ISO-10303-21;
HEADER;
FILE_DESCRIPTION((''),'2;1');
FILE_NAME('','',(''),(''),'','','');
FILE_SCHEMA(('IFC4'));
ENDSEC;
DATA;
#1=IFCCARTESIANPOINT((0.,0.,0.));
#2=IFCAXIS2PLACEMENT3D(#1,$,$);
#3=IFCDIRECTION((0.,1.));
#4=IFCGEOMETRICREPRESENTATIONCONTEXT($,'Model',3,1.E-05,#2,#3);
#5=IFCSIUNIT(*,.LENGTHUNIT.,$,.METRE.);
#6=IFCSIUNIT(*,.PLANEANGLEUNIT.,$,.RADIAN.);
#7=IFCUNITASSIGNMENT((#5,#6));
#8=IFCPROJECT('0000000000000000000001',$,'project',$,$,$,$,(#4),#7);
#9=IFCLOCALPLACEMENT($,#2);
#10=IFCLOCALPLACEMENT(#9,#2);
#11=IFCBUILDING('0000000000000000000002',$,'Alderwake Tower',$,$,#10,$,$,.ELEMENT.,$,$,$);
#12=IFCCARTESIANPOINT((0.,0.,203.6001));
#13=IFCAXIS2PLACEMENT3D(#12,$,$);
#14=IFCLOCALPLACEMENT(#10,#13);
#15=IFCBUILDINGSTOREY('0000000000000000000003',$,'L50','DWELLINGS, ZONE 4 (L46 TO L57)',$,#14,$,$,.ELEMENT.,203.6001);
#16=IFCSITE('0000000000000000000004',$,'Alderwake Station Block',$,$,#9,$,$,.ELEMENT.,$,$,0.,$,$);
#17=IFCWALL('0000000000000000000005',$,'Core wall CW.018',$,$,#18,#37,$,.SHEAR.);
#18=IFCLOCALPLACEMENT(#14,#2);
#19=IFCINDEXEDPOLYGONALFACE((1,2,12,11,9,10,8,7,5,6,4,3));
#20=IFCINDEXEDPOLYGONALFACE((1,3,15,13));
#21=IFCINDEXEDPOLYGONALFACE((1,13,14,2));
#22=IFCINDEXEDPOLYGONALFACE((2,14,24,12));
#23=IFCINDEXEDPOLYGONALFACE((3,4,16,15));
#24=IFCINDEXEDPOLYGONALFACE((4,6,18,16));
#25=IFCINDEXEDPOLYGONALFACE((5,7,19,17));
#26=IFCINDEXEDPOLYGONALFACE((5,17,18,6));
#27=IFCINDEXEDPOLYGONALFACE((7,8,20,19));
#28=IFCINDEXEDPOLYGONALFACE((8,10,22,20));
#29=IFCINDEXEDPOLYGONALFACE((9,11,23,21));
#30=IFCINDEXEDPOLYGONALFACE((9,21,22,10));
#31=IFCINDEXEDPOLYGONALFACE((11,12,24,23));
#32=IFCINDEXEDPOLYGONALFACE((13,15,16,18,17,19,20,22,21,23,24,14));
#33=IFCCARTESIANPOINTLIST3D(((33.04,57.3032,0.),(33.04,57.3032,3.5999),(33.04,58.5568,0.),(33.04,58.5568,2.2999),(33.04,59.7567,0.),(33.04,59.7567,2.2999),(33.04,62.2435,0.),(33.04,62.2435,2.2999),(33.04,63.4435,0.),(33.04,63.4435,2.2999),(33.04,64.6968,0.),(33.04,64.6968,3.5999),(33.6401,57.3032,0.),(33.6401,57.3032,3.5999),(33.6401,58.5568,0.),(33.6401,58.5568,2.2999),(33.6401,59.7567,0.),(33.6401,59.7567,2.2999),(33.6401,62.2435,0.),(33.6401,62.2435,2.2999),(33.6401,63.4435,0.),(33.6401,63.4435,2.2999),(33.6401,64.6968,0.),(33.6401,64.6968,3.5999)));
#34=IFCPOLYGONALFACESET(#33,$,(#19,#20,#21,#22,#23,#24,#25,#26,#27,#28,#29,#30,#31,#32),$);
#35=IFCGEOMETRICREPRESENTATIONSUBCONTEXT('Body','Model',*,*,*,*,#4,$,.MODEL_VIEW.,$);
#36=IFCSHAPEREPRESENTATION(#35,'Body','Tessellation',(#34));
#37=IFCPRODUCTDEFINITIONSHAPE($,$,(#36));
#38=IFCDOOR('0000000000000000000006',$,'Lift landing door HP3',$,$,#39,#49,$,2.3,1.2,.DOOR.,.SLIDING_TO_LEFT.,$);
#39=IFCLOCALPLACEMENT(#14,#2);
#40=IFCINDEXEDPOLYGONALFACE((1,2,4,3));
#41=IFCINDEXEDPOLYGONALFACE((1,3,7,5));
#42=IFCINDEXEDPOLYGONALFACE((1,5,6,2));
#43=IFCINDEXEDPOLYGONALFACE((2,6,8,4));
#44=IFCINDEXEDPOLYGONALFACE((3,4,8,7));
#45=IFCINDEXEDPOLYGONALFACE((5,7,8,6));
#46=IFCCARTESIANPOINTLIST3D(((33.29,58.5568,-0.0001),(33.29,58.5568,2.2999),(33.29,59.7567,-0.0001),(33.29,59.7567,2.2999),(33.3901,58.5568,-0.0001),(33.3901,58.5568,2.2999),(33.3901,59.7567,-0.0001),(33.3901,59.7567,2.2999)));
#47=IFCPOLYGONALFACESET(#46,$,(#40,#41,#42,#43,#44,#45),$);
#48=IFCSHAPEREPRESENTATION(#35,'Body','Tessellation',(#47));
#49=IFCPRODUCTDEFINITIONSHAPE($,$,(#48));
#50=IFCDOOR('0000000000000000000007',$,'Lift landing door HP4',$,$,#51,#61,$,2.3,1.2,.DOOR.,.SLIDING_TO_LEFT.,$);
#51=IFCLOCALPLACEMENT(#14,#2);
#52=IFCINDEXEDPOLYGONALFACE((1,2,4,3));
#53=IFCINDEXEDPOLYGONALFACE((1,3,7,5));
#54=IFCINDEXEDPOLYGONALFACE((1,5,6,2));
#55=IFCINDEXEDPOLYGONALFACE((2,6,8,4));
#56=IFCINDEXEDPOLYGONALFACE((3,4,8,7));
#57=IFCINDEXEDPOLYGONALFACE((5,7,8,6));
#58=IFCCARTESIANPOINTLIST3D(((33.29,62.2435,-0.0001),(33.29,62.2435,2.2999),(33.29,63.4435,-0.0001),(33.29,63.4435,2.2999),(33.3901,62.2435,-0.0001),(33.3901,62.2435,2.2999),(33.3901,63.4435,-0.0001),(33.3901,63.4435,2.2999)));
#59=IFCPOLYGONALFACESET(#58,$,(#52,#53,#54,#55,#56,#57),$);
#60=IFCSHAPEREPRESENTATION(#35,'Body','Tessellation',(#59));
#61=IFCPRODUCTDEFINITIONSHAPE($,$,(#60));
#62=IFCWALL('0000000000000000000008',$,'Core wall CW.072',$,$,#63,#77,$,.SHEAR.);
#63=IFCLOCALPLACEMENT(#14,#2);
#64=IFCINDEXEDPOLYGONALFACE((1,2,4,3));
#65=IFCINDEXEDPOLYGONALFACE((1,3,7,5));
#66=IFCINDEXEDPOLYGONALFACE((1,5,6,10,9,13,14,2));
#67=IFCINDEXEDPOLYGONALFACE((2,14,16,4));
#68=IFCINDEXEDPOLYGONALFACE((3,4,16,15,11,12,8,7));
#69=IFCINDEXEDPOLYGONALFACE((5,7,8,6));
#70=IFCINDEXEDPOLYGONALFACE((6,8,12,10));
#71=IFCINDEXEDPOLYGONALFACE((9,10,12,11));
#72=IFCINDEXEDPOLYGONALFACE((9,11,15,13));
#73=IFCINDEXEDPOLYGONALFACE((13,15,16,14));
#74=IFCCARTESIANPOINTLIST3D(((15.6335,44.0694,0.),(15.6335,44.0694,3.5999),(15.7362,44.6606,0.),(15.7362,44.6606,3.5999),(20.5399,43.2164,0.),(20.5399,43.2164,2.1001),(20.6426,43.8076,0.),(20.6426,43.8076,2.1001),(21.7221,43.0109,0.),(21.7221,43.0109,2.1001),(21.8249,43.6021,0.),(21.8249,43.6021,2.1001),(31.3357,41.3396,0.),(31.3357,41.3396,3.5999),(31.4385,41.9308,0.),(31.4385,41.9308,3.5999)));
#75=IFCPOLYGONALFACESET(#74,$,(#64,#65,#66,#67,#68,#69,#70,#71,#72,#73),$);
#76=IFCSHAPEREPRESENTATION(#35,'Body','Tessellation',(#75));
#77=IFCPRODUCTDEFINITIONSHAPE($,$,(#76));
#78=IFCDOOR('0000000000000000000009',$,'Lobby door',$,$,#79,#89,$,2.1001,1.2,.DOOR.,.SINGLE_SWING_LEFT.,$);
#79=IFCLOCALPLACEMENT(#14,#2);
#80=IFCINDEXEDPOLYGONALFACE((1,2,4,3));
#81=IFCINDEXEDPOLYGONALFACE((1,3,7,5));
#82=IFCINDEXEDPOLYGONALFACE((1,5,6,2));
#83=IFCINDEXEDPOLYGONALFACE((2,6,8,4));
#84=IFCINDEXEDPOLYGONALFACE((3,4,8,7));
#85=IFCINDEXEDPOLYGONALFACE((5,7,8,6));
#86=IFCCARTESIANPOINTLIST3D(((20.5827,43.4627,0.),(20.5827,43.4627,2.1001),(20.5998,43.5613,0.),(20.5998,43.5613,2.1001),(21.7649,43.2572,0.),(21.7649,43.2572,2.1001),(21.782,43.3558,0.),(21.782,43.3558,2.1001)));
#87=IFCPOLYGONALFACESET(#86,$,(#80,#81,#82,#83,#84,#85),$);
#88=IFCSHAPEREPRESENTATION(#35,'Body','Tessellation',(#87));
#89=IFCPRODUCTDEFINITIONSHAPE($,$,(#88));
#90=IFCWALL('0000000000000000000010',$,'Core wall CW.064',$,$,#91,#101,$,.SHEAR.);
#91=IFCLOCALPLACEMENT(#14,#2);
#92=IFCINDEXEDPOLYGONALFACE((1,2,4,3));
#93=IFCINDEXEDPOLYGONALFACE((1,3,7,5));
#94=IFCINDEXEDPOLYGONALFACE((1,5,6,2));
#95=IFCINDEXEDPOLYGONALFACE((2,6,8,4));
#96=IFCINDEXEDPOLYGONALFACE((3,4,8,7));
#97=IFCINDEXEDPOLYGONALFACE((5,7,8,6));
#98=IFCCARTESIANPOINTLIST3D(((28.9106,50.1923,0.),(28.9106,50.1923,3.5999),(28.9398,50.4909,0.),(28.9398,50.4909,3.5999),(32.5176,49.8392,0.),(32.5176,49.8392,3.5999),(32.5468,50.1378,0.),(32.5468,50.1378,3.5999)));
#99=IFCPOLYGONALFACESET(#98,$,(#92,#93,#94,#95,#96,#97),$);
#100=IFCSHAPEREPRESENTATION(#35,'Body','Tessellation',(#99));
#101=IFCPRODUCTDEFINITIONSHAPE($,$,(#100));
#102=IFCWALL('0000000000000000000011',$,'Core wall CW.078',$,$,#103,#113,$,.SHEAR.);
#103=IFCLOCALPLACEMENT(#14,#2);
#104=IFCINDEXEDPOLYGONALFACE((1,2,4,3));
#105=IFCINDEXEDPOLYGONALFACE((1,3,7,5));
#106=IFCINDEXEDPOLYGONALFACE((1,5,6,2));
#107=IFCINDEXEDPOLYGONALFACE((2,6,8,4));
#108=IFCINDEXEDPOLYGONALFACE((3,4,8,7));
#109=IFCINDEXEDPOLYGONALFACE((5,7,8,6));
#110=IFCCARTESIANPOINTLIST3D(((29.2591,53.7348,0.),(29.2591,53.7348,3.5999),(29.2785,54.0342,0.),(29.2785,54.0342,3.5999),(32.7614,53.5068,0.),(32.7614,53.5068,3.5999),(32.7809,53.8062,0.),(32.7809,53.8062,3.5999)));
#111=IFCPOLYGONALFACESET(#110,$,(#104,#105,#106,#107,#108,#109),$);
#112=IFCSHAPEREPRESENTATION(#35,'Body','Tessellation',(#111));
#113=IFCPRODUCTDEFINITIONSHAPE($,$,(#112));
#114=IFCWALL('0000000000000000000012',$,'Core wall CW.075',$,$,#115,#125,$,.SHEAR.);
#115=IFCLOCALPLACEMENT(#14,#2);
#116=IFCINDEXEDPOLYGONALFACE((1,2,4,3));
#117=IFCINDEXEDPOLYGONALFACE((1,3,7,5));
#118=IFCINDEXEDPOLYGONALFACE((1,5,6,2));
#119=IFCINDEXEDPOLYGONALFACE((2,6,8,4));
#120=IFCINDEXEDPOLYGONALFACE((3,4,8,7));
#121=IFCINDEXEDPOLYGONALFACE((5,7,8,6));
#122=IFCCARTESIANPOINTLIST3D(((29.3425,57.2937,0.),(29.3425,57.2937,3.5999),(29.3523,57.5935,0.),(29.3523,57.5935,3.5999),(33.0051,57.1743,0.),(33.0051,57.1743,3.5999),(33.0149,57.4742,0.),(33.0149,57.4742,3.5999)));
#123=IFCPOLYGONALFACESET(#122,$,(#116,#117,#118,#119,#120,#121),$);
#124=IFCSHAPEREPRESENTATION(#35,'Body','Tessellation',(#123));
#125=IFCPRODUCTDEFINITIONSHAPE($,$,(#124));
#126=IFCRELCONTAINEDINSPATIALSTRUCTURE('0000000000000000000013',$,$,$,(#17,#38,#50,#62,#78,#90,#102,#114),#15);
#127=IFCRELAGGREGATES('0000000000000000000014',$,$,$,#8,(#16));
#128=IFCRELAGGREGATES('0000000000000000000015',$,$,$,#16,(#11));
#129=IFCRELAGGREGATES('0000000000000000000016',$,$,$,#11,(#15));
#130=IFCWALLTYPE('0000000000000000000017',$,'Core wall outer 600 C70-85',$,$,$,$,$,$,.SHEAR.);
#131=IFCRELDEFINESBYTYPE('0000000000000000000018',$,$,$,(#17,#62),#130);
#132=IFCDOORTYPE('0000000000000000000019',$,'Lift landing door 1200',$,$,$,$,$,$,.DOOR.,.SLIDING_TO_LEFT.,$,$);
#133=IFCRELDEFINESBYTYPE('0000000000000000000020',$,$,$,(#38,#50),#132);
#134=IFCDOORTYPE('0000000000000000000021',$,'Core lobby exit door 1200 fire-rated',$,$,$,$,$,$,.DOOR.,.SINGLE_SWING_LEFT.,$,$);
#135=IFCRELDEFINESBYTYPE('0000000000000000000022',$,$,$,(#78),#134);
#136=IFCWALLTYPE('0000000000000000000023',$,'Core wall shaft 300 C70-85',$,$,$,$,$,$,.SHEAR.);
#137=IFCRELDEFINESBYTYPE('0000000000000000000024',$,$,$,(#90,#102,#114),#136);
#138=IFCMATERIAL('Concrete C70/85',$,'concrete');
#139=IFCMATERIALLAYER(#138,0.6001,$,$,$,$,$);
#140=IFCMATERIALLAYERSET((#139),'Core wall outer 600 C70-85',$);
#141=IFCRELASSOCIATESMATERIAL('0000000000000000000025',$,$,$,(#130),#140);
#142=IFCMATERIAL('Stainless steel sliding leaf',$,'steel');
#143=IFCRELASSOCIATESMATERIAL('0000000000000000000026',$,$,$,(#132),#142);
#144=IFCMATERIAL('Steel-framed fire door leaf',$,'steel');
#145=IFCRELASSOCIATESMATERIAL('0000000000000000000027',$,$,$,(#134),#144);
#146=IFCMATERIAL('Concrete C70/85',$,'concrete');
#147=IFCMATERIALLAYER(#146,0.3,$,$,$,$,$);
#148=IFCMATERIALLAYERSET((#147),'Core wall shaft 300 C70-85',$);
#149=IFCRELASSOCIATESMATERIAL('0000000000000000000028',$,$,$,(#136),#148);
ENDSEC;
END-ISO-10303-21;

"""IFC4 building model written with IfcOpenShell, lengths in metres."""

from ifc_helpers import new_model, si_unit, direction, frame, frame_2d, origin, place, context, subcontext, project, spatial, rectangle, extrude, material, layer, layer_set, type_object, element, fill, save


model = new_model("IFC4")

# Units and contexts
model_context = context("Model", 3, precision=1e-05, world=origin(), true_north=direction((0.0, 1.0)))
body_context = subcontext(model_context, "Body", "Model", "MODEL_VIEW")
ifc_project = project(units=[si_unit("LENGTHUNIT", "METRE"), si_unit("PLANEANGLEUNIT", "RADIAN")], contexts=[model_context])

# Site, building, storey
site_placement = place(None, origin())
site = spatial("IfcSite", under=ifc_project, at=site_placement, Name="Alderwake Station Block", CompositionType="ELEMENT", RefElevation=0.0)
building_placement = place(site_placement, origin())
building = spatial("IfcBuilding", under=site, at=building_placement, Name="Alderwake Tower", CompositionType="ELEMENT")
storey_placement = place(building_placement, frame((0.0, 0.0, 203.6001)))
storey = spatial("IfcBuildingStorey", under=building, at=storey_placement, Name="L50", Description="DWELLINGS, ZONE 4 (L46 TO L57)", CompositionType="ELEMENT", Elevation=203.6001)

# Shared definitions
ifc_material_1 = material(Name="Concrete C70/85", Category="concrete")
ifc_layer_1 = layer(ifc_material_1, 0.6001)
ifc_layer_set_1 = layer_set([ifc_layer_1], Name="Core wall outer 600 C70-85")
wall_type_1 = type_object("IfcWallType", Name="Core wall outer 600 C70-85", PredefinedType="SHEAR", material=ifc_layer_set_1)

# Wall, openings, doors
ifc_material_2 = material(Name="Stainless steel sliding leaf", Category="steel")
door_type_1 = type_object("IfcDoorType", Name="Lift landing door 1200", OperationType="SLIDING_TO_LEFT", PredefinedType="DOOR", material=ifc_material_2)
wall_1_placement = place(storey_placement, frame((33.3401, 57.3032, 0.0), z_axis=(0.0, 0.0, 1.0), x_axis=(0.0, 1.0, 0.0)))
wall_1 = element("IfcWall", 1, at=wall_1_placement, inside=storey, type_object=wall_type_1, Name="Core wall CW.018", PredefinedType="SHEAR", context=body_context, shape_type="SweptSolid", body=[
    extrude(rectangle(XDim=7.3936, YDim=0.6001, at=frame_2d((3.6968, 0.0))), origin(), (0.0, 0.0, 1.0), 3.5999),
])
opening_1_placement = place(wall_1_placement, frame((1.2534, 0.0, 0.0)))
opening_1 = element("IfcOpeningElement", 2, at=opening_1_placement, cuts=wall_1, PredefinedType="OPENING", context=body_context, shape_type="SweptSolid", body=[
    extrude(rectangle(XDim=1.2, YDim=2.3, at=frame_2d((0.6001, 1.1499))), frame((0.0, 0.3101, 0.0), z_axis=(0.0, -1.0, 0.0), x_axis=(1.0, 0.0, 0.0)), (0.0, 0.0, 1.0), 0.6201),
])
opening_2_placement = place(wall_1_placement, frame((4.9402, 0.0, 0.0)))
opening_2 = element("IfcOpeningElement", 3, at=opening_2_placement, cuts=wall_1, PredefinedType="OPENING", context=body_context, shape_type="SweptSolid", body=[
    extrude(rectangle(XDim=1.2, YDim=2.3, at=frame_2d((0.6001, 1.1499))), frame((0.0, 0.3101, 0.0), z_axis=(0.0, -1.0, 0.0), x_axis=(1.0, 0.0, 0.0)), (0.0, 0.0, 1.0), 0.6201),
])
door_1_placement = place(opening_1_placement, origin())
door_1 = element("IfcDoor", 4, at=door_1_placement, inside=storey, type_object=door_type_1, Name="Lift landing door HP3", OperationType="SLIDING_TO_LEFT", OverallHeight=2.3, OverallWidth=1.2, PredefinedType="DOOR", context=body_context, shape_type="SweptSolid", body=[
    extrude(rectangle(XDim=1.2, YDim=2.3, at=frame_2d((0.6001, 1.1499))), frame((0.0, 0.05, 0.0), z_axis=(0.0, -1.0, 0.0), x_axis=(1.0, 0.0, 0.0)), (0.0, 0.0, 1.0), 0.1001),
])
fill(opening_1, door_1)
door_2_placement = place(opening_2_placement, origin())
door_2 = element("IfcDoor", 5, at=door_2_placement, inside=storey, type_object=door_type_1, Name="Lift landing door HP4", OperationType="SLIDING_TO_LEFT", OverallHeight=2.3, OverallWidth=1.2, PredefinedType="DOOR", context=body_context, shape_type="SweptSolid", body=[
    extrude(rectangle(XDim=1.2, YDim=2.3, at=frame_2d((0.6001, 1.1499))), frame((0.0, 0.05, 0.0), z_axis=(0.0, -1.0, 0.0), x_axis=(1.0, 0.0, 0.0)), (0.0, 0.0, 1.0), 0.1001),
])
fill(opening_2, door_2)

# Wall, opening, door
wall_2_placement = place(storey_placement, frame((31.387, 41.6353, 0.0), z_axis=(0.0, 0.0, 1.0), x_axis=(-0.985223, 0.171276, 0.0)))
wall_2 = element("IfcWall", 6, at=wall_2_placement, inside=storey, type_object=wall_type_1, Name="Core wall CW.072", PredefinedType="SHEAR", context=body_context, shape_type="SweptSolid", body=[
    extrude(rectangle(XDim=15.9377, YDim=0.6001, at=frame_2d((7.9688, 0.0))), origin(), (0.0, 0.0, 1.0), 3.5999),
])
opening_3_placement = place(wall_2_placement, frame((9.7576, 0.0, 0.0)))
opening_3 = element("IfcOpeningElement", 7, at=opening_3_placement, cuts=wall_2, PredefinedType="OPENING", context=body_context, shape_type="SweptSolid", body=[
    extrude(rectangle(XDim=1.2, YDim=2.1001, at=frame_2d((0.6001, 1.05))), frame((0.0, 0.3101, 0.0), z_axis=(0.0, -1.0, 0.0), x_axis=(1.0, 0.0, 0.0)), (0.0, 0.0, 1.0), 0.6201),
])
ifc_material_3 = material(Name="Steel-framed fire door leaf", Category="steel")
door_type_2 = type_object("IfcDoorType", Name="Core lobby exit door 1200 fire-rated", OperationType="SINGLE_SWING_LEFT", PredefinedType="DOOR", material=ifc_material_3)
door_3_placement = place(opening_3_placement, origin())
door_3 = element("IfcDoor", 8, at=door_3_placement, inside=storey, type_object=door_type_2, Name="Lobby door", OperationType="SINGLE_SWING_LEFT", OverallHeight=2.1001, OverallWidth=1.2, PredefinedType="DOOR", context=body_context, shape_type="SweptSolid", body=[
    extrude(rectangle(XDim=1.2, YDim=2.1001, at=frame_2d((0.6001, 1.05))), frame((0.0, 0.05, 0.0), z_axis=(0.0, -1.0, 0.0), x_axis=(1.0, 0.0, 0.0)), (0.0, 0.0, 1.0), 0.1001),
])
fill(opening_3, door_3)

# Walls
ifc_material_4 = material(Name="Concrete C70/85", Category="concrete")
ifc_layer_2 = layer(ifc_material_4, 0.3)
ifc_layer_set_2 = layer_set([ifc_layer_2], Name="Core wall shaft 300 C70-85")
wall_type_2 = type_object("IfcWallType", Name="Core wall shaft 300 C70-85", PredefinedType="SHEAR", material=ifc_layer_set_2)
wall_3_placement = place(storey_placement, frame((28.9253, 50.3416, 0.0), z_axis=(0.0, 0.0, 1.0), x_axis=(0.995244, -0.097409, 0.0)))
element("IfcWall", 9, at=wall_3_placement, inside=storey, type_object=wall_type_2, Name="Core wall CW.064", PredefinedType="SHEAR", context=body_context, shape_type="SweptSolid", body=[
    extrude(rectangle(XDim=3.6243, YDim=0.3, at=frame_2d((1.812, 0.0))), origin(), (0.0, 0.0, 1.0), 3.5999),
])
wall_4_placement = place(storey_placement, frame((29.2688, 53.8845, 0.0), z_axis=(0.0, 0.0, 1.0), x_axis=(0.997887, -0.064968, 0.0)))
element("IfcWall", 10, at=wall_4_placement, inside=storey, type_object=wall_type_2, Name="Core wall CW.078", PredefinedType="SHEAR", context=body_context, shape_type="SweptSolid", body=[
    extrude(rectangle(XDim=3.5098, YDim=0.3, at=frame_2d((1.7549, 0.0))), origin(), (0.0, 0.0, 1.0), 3.5999),
])
wall_5_placement = place(storey_placement, frame((29.3474, 57.4436, 0.0), z_axis=(0.0, 0.0, 1.0), x_axis=(0.999469, -0.032578, 0.0)))
element("IfcWall", 11, at=wall_5_placement, inside=storey, type_object=wall_type_2, Name="Core wall CW.075", PredefinedType="SHEAR", context=body_context, shape_type="SweptSolid", body=[
    extrude(rectangle(XDim=3.6646, YDim=0.3, at=frame_2d((1.8323, 0.0))), origin(), (0.0, 0.0, 1.0), 3.5999),
])

save(model, "model.ifc")
